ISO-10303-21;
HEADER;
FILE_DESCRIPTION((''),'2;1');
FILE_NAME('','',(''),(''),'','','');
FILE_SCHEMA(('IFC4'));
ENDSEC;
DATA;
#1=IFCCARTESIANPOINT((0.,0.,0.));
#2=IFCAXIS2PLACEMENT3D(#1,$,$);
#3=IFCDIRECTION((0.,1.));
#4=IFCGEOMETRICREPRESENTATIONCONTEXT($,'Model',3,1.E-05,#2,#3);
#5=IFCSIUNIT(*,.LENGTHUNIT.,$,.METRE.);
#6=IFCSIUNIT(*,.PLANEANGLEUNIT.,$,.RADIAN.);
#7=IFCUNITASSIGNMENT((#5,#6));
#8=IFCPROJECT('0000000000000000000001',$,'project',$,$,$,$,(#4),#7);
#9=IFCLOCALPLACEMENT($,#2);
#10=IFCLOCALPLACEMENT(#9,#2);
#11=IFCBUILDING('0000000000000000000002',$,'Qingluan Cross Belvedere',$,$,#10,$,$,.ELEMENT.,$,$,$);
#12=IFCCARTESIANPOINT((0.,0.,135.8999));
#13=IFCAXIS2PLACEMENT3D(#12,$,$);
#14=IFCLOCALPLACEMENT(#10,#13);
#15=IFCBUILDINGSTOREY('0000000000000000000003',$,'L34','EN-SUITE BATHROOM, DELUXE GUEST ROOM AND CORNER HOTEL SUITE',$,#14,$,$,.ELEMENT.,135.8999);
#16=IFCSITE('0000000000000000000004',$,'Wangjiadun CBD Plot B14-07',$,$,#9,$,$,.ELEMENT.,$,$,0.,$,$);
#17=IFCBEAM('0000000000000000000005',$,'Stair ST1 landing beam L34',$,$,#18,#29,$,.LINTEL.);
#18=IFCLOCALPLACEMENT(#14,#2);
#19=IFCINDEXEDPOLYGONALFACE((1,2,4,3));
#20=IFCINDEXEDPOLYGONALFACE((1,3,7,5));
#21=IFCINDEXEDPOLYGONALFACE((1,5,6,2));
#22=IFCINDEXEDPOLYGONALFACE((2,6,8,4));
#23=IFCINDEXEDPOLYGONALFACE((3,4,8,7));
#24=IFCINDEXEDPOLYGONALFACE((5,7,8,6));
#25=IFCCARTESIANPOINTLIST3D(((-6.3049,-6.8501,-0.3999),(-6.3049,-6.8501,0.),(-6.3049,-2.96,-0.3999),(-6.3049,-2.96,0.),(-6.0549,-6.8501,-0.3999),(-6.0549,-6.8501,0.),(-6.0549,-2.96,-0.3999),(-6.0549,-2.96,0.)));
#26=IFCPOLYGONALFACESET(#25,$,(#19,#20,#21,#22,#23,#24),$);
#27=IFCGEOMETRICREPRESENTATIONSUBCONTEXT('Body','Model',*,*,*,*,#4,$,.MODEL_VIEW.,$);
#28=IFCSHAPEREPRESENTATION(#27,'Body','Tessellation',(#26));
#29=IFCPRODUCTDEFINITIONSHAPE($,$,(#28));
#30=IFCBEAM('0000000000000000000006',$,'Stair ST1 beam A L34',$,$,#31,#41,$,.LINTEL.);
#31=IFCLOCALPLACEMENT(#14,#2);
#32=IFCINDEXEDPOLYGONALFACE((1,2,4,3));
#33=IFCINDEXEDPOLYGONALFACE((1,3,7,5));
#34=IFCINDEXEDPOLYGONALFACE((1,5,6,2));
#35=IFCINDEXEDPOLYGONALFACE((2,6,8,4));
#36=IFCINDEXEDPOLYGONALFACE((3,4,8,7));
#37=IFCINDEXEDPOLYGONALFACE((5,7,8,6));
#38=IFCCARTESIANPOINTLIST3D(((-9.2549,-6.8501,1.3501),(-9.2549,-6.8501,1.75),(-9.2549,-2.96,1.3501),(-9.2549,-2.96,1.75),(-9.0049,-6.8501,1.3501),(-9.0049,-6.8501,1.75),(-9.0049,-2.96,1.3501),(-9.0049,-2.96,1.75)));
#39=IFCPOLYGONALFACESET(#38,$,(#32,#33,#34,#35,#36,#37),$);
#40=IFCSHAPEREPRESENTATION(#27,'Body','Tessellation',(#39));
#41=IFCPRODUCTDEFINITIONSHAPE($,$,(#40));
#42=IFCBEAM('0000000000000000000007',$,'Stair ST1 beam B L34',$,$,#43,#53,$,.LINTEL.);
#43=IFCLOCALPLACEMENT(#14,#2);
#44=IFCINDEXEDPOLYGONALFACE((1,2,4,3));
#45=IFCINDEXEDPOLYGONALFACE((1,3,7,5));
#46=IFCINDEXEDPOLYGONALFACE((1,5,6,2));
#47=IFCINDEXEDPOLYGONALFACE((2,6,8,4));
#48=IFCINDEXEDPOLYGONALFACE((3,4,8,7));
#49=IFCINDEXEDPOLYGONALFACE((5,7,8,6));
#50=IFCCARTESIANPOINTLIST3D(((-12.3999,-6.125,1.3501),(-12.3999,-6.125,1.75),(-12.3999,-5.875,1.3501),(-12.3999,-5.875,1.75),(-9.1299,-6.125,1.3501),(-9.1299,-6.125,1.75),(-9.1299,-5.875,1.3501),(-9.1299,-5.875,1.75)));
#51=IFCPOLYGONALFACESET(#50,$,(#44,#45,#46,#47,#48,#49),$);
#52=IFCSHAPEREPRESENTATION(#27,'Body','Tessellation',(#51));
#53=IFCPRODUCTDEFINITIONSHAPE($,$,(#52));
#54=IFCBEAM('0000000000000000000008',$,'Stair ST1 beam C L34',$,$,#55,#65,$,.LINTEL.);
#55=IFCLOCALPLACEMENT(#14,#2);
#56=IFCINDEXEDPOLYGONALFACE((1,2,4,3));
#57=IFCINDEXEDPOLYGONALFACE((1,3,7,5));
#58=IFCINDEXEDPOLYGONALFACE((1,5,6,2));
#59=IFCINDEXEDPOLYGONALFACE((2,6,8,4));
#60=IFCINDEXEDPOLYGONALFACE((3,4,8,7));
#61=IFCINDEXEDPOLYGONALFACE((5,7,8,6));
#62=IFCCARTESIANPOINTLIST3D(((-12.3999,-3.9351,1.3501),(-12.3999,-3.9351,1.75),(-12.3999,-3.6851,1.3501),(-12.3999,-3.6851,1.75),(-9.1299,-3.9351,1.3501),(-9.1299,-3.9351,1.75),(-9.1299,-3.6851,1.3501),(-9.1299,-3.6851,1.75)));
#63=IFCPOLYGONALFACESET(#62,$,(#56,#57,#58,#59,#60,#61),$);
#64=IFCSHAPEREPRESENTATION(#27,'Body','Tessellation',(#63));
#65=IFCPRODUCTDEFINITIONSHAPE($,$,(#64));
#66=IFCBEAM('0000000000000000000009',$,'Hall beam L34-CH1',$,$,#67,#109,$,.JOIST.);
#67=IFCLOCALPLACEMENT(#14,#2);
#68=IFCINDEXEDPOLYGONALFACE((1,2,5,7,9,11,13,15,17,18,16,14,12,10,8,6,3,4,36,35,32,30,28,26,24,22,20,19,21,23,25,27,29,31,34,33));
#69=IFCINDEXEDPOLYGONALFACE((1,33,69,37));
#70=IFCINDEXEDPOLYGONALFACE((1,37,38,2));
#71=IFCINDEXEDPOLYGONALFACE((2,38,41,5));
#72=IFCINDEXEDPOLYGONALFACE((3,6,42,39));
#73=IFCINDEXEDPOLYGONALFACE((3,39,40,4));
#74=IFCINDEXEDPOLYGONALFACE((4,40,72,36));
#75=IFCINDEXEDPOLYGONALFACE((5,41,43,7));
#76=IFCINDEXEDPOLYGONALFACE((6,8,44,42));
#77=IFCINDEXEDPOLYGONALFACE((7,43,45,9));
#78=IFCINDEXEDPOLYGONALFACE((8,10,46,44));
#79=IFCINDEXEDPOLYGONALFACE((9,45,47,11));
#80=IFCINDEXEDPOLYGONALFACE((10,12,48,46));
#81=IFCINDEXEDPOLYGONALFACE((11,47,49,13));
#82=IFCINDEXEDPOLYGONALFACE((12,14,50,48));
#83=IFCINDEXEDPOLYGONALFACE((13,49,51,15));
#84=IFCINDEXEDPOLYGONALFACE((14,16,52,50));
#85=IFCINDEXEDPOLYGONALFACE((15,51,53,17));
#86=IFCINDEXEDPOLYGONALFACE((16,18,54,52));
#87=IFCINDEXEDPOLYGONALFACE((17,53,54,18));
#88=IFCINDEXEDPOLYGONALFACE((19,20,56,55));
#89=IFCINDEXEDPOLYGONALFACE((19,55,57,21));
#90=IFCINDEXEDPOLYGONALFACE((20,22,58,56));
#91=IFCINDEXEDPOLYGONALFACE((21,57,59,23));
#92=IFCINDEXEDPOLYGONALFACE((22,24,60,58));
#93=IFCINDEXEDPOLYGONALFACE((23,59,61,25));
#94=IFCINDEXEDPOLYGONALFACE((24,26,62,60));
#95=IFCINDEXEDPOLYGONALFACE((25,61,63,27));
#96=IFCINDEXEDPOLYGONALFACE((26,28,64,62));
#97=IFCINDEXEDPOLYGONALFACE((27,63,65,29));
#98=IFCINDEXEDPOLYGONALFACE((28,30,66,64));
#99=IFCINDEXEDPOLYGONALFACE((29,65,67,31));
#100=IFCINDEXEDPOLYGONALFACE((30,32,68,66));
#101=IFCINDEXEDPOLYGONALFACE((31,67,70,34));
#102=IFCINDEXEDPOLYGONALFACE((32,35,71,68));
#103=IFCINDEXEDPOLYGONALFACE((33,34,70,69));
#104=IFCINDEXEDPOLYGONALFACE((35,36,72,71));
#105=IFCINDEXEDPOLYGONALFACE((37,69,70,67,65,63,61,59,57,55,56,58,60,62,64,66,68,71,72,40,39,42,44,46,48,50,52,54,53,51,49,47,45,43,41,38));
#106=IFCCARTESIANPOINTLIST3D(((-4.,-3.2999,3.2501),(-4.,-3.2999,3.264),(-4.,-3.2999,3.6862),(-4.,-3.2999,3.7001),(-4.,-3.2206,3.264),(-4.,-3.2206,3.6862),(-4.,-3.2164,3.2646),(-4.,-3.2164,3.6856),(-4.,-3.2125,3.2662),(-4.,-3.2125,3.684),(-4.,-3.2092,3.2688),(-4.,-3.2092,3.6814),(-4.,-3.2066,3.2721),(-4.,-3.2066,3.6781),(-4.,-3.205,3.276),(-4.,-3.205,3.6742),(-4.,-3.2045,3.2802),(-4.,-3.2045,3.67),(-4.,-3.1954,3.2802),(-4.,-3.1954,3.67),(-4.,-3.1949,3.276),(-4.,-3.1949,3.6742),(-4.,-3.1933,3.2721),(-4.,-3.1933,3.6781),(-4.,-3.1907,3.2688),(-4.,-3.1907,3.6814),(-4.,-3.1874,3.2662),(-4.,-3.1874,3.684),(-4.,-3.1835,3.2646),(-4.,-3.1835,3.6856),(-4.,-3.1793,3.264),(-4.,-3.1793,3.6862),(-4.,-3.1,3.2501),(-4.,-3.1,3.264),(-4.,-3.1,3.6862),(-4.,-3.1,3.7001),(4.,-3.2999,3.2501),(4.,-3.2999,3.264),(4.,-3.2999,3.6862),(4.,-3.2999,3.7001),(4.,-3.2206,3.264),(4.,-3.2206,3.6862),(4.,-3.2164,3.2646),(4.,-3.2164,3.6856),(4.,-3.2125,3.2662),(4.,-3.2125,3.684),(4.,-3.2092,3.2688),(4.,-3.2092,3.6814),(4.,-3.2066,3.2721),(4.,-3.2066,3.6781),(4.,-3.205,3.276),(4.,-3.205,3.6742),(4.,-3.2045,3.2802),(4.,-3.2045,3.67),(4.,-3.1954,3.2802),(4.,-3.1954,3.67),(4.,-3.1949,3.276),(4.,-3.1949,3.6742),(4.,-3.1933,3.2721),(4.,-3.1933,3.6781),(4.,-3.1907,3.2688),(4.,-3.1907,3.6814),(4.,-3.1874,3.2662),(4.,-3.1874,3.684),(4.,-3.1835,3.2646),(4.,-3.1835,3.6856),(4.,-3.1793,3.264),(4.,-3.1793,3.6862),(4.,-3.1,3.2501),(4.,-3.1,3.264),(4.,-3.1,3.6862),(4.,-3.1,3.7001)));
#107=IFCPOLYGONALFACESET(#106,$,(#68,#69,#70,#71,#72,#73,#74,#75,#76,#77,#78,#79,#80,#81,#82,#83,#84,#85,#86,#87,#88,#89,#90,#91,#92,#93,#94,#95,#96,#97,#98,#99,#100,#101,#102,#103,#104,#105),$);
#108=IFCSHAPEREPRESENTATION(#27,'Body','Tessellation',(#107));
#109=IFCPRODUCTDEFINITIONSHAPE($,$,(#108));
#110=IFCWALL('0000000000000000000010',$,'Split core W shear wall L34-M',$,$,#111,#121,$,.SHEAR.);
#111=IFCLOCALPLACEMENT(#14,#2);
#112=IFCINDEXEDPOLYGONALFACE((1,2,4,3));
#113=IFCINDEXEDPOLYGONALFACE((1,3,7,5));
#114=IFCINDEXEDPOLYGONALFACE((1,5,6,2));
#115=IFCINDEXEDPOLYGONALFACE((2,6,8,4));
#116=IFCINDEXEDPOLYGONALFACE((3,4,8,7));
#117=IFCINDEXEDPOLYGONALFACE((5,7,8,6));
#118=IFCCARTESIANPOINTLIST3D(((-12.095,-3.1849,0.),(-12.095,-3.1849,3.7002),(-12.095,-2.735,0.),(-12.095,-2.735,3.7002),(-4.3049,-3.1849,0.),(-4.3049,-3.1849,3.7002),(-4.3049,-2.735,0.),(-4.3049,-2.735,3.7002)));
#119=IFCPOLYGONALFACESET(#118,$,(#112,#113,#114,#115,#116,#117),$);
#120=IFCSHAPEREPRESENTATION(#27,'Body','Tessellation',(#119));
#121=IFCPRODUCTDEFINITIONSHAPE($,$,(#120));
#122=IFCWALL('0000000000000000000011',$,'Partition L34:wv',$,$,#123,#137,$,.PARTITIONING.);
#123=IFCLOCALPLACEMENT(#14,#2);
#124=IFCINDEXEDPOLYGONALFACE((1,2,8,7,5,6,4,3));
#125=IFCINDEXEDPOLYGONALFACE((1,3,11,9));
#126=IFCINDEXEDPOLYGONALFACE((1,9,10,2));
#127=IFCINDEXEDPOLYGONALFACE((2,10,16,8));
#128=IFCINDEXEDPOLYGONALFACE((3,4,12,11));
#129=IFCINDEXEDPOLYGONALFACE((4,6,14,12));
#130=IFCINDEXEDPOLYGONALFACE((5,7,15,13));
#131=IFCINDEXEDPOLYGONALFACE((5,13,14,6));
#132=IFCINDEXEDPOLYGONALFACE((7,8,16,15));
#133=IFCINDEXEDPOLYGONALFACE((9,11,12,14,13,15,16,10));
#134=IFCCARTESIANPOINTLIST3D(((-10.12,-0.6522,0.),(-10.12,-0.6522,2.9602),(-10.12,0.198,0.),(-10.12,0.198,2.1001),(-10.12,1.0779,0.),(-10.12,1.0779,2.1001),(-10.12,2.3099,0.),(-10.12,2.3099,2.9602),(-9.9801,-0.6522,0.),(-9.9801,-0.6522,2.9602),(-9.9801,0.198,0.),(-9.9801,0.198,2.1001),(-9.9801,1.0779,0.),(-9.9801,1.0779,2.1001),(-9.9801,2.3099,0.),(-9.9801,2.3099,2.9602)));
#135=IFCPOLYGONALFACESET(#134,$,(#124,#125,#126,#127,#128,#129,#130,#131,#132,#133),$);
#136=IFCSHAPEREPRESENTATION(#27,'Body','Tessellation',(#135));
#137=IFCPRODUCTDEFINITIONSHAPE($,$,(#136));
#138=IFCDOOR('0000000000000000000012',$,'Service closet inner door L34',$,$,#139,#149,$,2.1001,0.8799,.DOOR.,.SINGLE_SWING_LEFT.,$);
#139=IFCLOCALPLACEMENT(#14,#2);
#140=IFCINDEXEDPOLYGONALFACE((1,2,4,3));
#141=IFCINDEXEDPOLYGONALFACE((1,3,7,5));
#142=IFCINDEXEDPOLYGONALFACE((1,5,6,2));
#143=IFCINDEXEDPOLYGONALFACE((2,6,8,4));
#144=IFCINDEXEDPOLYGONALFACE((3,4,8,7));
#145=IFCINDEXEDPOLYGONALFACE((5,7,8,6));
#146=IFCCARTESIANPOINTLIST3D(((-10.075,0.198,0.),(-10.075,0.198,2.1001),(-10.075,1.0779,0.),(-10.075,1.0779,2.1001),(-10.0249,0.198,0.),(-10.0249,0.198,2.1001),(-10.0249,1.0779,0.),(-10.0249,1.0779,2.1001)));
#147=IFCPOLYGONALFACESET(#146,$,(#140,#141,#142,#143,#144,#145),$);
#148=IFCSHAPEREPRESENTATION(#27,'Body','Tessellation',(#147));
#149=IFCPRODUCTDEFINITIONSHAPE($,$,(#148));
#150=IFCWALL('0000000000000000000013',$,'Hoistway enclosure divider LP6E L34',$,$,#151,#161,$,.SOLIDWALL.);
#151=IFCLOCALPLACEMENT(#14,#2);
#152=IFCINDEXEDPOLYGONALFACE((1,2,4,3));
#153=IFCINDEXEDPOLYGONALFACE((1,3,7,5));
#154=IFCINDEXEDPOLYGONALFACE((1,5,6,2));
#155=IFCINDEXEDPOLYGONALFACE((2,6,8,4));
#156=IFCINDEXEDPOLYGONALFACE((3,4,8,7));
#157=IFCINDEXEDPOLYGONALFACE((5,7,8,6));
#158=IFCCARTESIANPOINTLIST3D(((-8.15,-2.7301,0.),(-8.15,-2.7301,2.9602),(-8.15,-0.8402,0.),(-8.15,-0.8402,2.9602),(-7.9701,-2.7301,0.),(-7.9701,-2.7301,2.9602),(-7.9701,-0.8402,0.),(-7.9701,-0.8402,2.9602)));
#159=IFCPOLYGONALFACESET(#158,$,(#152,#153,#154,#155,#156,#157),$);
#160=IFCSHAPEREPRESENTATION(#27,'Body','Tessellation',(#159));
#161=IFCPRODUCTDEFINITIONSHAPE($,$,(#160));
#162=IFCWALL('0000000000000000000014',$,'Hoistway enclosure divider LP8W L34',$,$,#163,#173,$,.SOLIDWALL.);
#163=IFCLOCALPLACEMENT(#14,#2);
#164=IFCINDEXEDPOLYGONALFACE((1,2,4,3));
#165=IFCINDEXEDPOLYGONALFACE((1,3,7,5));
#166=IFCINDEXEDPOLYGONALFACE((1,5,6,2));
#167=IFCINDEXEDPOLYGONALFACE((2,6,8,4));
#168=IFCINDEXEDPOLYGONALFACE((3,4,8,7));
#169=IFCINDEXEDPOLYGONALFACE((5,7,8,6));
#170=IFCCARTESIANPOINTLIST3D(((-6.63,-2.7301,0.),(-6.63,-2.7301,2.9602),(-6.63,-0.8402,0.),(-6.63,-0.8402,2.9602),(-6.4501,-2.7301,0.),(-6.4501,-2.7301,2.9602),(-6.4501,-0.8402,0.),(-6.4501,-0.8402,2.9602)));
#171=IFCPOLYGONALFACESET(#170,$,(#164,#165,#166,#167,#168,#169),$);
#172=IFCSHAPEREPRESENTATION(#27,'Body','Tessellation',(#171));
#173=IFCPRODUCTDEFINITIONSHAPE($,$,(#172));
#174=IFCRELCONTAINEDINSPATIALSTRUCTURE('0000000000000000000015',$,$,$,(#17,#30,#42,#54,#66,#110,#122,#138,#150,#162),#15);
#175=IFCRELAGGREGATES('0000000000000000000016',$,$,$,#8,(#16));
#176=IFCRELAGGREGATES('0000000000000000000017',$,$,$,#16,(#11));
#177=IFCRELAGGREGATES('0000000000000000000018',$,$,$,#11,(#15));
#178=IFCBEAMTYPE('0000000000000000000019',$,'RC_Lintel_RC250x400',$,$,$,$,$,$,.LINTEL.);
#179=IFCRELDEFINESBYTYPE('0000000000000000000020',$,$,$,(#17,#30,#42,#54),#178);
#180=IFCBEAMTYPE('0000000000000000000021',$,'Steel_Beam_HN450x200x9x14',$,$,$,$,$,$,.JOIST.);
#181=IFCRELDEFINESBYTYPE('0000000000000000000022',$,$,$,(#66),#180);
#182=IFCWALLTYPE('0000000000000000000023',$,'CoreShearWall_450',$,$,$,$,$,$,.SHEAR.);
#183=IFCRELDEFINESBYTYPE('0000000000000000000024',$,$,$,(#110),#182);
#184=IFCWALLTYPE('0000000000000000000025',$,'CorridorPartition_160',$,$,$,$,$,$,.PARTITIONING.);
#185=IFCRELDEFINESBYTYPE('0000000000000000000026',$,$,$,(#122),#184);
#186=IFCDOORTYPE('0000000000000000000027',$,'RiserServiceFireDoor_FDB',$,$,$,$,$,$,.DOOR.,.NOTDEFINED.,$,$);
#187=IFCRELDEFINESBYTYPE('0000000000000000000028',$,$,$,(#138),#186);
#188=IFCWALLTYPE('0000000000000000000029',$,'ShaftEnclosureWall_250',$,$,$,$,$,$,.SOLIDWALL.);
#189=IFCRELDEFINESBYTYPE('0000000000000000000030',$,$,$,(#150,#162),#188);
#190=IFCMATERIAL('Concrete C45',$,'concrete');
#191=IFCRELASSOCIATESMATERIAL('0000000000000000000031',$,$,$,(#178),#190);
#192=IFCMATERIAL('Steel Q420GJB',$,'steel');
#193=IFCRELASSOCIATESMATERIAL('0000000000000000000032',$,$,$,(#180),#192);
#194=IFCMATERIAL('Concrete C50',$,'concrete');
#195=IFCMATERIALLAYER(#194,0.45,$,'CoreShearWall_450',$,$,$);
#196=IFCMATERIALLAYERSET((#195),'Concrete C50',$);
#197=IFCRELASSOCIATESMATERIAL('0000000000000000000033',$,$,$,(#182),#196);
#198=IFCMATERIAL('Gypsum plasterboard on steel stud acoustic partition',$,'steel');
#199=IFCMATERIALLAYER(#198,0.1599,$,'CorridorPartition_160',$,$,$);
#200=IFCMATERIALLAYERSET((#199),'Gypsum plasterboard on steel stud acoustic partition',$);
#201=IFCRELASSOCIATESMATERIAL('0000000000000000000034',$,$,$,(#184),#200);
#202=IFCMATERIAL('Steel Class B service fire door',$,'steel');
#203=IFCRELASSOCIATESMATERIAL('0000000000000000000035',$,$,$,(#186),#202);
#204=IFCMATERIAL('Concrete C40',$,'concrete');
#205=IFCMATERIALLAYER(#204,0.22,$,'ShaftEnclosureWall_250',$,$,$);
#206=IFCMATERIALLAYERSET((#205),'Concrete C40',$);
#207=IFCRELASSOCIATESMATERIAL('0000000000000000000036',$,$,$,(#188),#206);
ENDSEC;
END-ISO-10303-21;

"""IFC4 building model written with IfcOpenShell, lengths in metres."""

from ifc_helpers import new_model, si_unit, direction, frame, frame_2d, origin, origin_2d, place, context, subcontext, project, spatial, rectangle, i_section, extrude, material, layer, layer_set, material_profile, profile_set, type_object, element, fill, save


model = new_model("IFC4")

# Units and contexts
model_context = context("Model", 3, precision=1e-05, world=origin(), true_north=direction((0.0, 1.0)))
body_context = subcontext(model_context, "Body", "Model", "MODEL_VIEW")
ifc_project = project(units=[si_unit("LENGTHUNIT", "METRE"), si_unit("PLANEANGLEUNIT", "RADIAN")], contexts=[model_context])

# Site, building, storey
site_placement = place(None, origin())
site = spatial("IfcSite", under=ifc_project, at=site_placement, Name="Wangjiadun CBD Plot B14-07", CompositionType="ELEMENT", RefElevation=0.0)
building_placement = place(site_placement, origin())
building = spatial("IfcBuilding", under=site, at=building_placement, Name="Qingluan Cross Belvedere", CompositionType="ELEMENT")
storey_placement = place(building_placement, frame((0.0, 0.0, 135.8999)))
storey = spatial("IfcBuildingStorey", under=building, at=storey_placement, Name="L34", Description="EN-SUITE BATHROOM, DELUXE GUEST ROOM AND CORNER HOTEL SUITE", CompositionType="ELEMENT", Elevation=135.8999)

# Beams
ifc_material_1 = material(Name="Concrete C45", Category="concrete")
ifc_material_profile_1 = material_profile(ifc_material_1, rectangle(XDim=0.25, YDim=0.3999, at=origin_2d()), Name="RC250x400")
ifc_profile_set_1 = profile_set([ifc_material_profile_1], Name="Concrete C45")
beam_type_1 = type_object("IfcBeamType", Name="RC_Lintel_RC250x400", PredefinedType="LINTEL", material=ifc_profile_set_1)
for number, where, z_axis, x_axis, name in (
    (1, (-6.1799, -6.8501, -0.2), (0.0, 1.0, 0.0), (-1.0, 0.0, 0.0), "Stair ST1 landing beam L34"),
    (2, (-9.1299, -6.8501, 1.55), (0.0, 1.0, 0.0), (-1.0, 0.0, 0.0), "Stair ST1 beam A L34"),
):
    element("IfcBeam", number, at=place(storey_placement, frame(where, z_axis=z_axis, x_axis=x_axis)), inside=storey, type_object=beam_type_1, Name=name, PredefinedType="LINTEL", context=body_context, shape_type="SweptSolid", body=[
        extrude(rectangle(XDim=0.25, YDim=0.3999, at=origin_2d()), origin(), (0.0, 0.0, 1.0), 3.8901),
    ])
for number, where, z_axis, x_axis, name in (
    (3, (-12.3999, -6.0, 1.55), (1.0, 0.0, 0.0), (0.0, 1.0, 0.0), "Stair ST1 beam B L34"),
    (4, (-12.3999, -3.8101, 1.55), (1.0, 0.0, 0.0), (0.0, 1.0, 0.0), "Stair ST1 beam C L34"),
):
    element("IfcBeam", number, at=place(storey_placement, frame(where, z_axis=z_axis, x_axis=x_axis)), inside=storey, type_object=beam_type_1, Name=name, PredefinedType="LINTEL", context=body_context, shape_type="SweptSolid", body=[
        extrude(rectangle(XDim=0.25, YDim=0.3999, at=origin_2d()), origin(), (0.0, 0.0, 1.0), 3.27),
    ])
ifc_material_2 = material(Name="Steel Q420GJB", Category="steel")
ifc_material_profile_2 = material_profile(ifc_material_2, i_section(OverallWidth=0.2, OverallDepth=0.45, WebThickness=0.009, FlangeThickness=0.0139, FilletRadius=0.0161, at=origin_2d()), Name="HN450x200x9x14")
ifc_profile_set_2 = profile_set([ifc_material_profile_2], Name="Steel Q420GJB")
beam_type_2 = type_object("IfcBeamType", Name="Steel_Beam_HN450x200x9x14", PredefinedType="JOIST", material=ifc_profile_set_2)
beam_placement = place(storey_placement, frame((-4.0, -3.2, 3.4751), z_axis=(1.0, 0.0, 0.0), x_axis=(0.0, 1.0, 0.0)))
element("IfcBeam", 5, at=beam_placement, inside=storey, type_object=beam_type_2, Name="Hall beam L34-CH1", PredefinedType="JOIST", context=body_context, shape_type="SweptSolid", body=[
    extrude(i_section(OverallWidth=0.2, OverallDepth=0.45, WebThickness=0.009, FlangeThickness=0.0139, FilletRadius=0.0161, at=origin_2d()), origin(), (0.0, 0.0, 1.0), 8.0),
])

# Wall
ifc_material_3 = material(Name="Concrete C50", Category="concrete")
ifc_layer_1 = layer(ifc_material_3, 0.45, Name="CoreShearWall_450")
ifc_layer_set_1 = layer_set([ifc_layer_1], Name="Concrete C50")
wall_type_1 = type_object("IfcWallType", Name="CoreShearWall_450", PredefinedType="SHEAR", material=ifc_layer_set_1)
wall_1_placement = place(storey_placement, frame((-12.095, -2.96, 0.0), z_axis=(0.0, 0.0, 1.0), x_axis=(1.0, 0.0, 0.0)))
element("IfcWall", 6, at=wall_1_placement, inside=storey, type_object=wall_type_1, Name="Split core W shear wall L34-M", PredefinedType="SHEAR", context=body_context, shape_type="SweptSolid", body=[
    extrude(rectangle(XDim=7.79, YDim=0.45, at=frame_2d((3.895, 0.0))), origin(), (0.0, 0.0, 1.0), 3.7002),
])

# Wall, opening, door
ifc_material_4 = material(Name="Gypsum plasterboard on steel stud acoustic partition", Category="steel")
ifc_layer_2 = layer(ifc_material_4, 0.1599, Name="CorridorPartition_160")
ifc_layer_set_2 = layer_set([ifc_layer_2], Name="Gypsum plasterboard on steel stud acoustic partition")
wall_type_2 = type_object("IfcWallType", Name="CorridorPartition_160", PredefinedType="PARTITIONING", material=ifc_layer_set_2)
wall_2_placement = place(storey_placement, frame((-10.05, -0.6521, 0.0), z_axis=(0.0, 0.0, 1.0), x_axis=(0.0, 1.0, 0.0)))
wall_2 = element("IfcWall", 7, at=wall_2_placement, inside=storey, type_object=wall_type_2, Name="Partition L34:wv", PredefinedType="PARTITIONING", context=body_context, shape_type="SweptSolid", body=[
    extrude(rectangle(XDim=2.9622, YDim=0.1399, at=frame_2d((1.481, 0.0))), origin(), (0.0, 0.0, 1.0), 2.9602),
])
opening_1_placement = place(wall_2_placement, frame((0.8501, 0.0, 0.0)))
opening_1 = element("IfcOpeningElement", 8, at=opening_1_placement, cuts=wall_2, PredefinedType="OPENING", context=body_context, shape_type="SweptSolid", body=[
    extrude(rectangle(XDim=0.8799, YDim=2.1001, at=frame_2d((0.4399, 1.05))), frame((0.0, 0.0798, 0.0), z_axis=(0.0, -1.0, 0.0), x_axis=(1.0, 0.0, 0.0)), (0.0, 0.0, 1.0), 0.1599),
])
ifc_material_5 = material(Name="Steel Class B service fire door", Category="steel")
door_type_1 = type_object("IfcDoorType", Name="RiserServiceFireDoor_FDB", OperationType="NOTDEFINED", PredefinedType="DOOR", material=ifc_material_5)
door_1_placement = place(opening_1_placement, origin())
door_1 = element("IfcDoor", 9, at=door_1_placement, inside=storey, type_object=door_type_1, Name="Service closet inner door L34", OperationType="SINGLE_SWING_LEFT", OverallHeight=2.1001, OverallWidth=0.8799, PredefinedType="DOOR", context=body_context, shape_type="SweptSolid", body=[
    extrude(rectangle(XDim=0.8799, YDim=2.1001, at=frame_2d((0.4399, 1.05))), frame((0.0, 0.0249, 0.0), z_axis=(0.0, -1.0, 0.0), x_axis=(1.0, 0.0, 0.0)), (0.0, 0.0, 1.0), 0.05),
])
fill(opening_1, door_1)

# Shared definitions
ifc_material_6 = material(Name="Concrete C40", Category="concrete")
ifc_layer_3 = layer(ifc_material_6, 0.22, Name="ShaftEnclosureWall_250")
ifc_layer_set_3 = layer_set([ifc_layer_3], Name="Concrete C40")
wall_type_3 = type_object("IfcWallType", Name="ShaftEnclosureWall_250", PredefinedType="SOLIDWALL", material=ifc_layer_set_3)

# Walls
for number, where, z_axis, x_axis, name in (
    (10, (-8.0601, -2.73, 0.0), (0.0, 0.0, 1.0), (0.0, 1.0, 0.0), "Hoistway enclosure divider LP6E L34"),
    (11, (-6.54, -2.73, 0.0), (0.0, 0.0, 1.0), (0.0, 1.0, 0.0), "Hoistway enclosure divider LP8W L34"),
):
    element("IfcWall", number, at=place(storey_placement, frame(where, z_axis=z_axis, x_axis=x_axis)), inside=storey, type_object=wall_type_3, Name=name, PredefinedType="SOLIDWALL", context=body_context, shape_type="SweptSolid", body=[
        extrude(rectangle(XDim=1.8899, YDim=0.1799, at=frame_2d((0.9448, 0.0))), origin(), (0.0, 0.0, 1.0), 2.9602),
    ])

save(model, "model.ifc")
